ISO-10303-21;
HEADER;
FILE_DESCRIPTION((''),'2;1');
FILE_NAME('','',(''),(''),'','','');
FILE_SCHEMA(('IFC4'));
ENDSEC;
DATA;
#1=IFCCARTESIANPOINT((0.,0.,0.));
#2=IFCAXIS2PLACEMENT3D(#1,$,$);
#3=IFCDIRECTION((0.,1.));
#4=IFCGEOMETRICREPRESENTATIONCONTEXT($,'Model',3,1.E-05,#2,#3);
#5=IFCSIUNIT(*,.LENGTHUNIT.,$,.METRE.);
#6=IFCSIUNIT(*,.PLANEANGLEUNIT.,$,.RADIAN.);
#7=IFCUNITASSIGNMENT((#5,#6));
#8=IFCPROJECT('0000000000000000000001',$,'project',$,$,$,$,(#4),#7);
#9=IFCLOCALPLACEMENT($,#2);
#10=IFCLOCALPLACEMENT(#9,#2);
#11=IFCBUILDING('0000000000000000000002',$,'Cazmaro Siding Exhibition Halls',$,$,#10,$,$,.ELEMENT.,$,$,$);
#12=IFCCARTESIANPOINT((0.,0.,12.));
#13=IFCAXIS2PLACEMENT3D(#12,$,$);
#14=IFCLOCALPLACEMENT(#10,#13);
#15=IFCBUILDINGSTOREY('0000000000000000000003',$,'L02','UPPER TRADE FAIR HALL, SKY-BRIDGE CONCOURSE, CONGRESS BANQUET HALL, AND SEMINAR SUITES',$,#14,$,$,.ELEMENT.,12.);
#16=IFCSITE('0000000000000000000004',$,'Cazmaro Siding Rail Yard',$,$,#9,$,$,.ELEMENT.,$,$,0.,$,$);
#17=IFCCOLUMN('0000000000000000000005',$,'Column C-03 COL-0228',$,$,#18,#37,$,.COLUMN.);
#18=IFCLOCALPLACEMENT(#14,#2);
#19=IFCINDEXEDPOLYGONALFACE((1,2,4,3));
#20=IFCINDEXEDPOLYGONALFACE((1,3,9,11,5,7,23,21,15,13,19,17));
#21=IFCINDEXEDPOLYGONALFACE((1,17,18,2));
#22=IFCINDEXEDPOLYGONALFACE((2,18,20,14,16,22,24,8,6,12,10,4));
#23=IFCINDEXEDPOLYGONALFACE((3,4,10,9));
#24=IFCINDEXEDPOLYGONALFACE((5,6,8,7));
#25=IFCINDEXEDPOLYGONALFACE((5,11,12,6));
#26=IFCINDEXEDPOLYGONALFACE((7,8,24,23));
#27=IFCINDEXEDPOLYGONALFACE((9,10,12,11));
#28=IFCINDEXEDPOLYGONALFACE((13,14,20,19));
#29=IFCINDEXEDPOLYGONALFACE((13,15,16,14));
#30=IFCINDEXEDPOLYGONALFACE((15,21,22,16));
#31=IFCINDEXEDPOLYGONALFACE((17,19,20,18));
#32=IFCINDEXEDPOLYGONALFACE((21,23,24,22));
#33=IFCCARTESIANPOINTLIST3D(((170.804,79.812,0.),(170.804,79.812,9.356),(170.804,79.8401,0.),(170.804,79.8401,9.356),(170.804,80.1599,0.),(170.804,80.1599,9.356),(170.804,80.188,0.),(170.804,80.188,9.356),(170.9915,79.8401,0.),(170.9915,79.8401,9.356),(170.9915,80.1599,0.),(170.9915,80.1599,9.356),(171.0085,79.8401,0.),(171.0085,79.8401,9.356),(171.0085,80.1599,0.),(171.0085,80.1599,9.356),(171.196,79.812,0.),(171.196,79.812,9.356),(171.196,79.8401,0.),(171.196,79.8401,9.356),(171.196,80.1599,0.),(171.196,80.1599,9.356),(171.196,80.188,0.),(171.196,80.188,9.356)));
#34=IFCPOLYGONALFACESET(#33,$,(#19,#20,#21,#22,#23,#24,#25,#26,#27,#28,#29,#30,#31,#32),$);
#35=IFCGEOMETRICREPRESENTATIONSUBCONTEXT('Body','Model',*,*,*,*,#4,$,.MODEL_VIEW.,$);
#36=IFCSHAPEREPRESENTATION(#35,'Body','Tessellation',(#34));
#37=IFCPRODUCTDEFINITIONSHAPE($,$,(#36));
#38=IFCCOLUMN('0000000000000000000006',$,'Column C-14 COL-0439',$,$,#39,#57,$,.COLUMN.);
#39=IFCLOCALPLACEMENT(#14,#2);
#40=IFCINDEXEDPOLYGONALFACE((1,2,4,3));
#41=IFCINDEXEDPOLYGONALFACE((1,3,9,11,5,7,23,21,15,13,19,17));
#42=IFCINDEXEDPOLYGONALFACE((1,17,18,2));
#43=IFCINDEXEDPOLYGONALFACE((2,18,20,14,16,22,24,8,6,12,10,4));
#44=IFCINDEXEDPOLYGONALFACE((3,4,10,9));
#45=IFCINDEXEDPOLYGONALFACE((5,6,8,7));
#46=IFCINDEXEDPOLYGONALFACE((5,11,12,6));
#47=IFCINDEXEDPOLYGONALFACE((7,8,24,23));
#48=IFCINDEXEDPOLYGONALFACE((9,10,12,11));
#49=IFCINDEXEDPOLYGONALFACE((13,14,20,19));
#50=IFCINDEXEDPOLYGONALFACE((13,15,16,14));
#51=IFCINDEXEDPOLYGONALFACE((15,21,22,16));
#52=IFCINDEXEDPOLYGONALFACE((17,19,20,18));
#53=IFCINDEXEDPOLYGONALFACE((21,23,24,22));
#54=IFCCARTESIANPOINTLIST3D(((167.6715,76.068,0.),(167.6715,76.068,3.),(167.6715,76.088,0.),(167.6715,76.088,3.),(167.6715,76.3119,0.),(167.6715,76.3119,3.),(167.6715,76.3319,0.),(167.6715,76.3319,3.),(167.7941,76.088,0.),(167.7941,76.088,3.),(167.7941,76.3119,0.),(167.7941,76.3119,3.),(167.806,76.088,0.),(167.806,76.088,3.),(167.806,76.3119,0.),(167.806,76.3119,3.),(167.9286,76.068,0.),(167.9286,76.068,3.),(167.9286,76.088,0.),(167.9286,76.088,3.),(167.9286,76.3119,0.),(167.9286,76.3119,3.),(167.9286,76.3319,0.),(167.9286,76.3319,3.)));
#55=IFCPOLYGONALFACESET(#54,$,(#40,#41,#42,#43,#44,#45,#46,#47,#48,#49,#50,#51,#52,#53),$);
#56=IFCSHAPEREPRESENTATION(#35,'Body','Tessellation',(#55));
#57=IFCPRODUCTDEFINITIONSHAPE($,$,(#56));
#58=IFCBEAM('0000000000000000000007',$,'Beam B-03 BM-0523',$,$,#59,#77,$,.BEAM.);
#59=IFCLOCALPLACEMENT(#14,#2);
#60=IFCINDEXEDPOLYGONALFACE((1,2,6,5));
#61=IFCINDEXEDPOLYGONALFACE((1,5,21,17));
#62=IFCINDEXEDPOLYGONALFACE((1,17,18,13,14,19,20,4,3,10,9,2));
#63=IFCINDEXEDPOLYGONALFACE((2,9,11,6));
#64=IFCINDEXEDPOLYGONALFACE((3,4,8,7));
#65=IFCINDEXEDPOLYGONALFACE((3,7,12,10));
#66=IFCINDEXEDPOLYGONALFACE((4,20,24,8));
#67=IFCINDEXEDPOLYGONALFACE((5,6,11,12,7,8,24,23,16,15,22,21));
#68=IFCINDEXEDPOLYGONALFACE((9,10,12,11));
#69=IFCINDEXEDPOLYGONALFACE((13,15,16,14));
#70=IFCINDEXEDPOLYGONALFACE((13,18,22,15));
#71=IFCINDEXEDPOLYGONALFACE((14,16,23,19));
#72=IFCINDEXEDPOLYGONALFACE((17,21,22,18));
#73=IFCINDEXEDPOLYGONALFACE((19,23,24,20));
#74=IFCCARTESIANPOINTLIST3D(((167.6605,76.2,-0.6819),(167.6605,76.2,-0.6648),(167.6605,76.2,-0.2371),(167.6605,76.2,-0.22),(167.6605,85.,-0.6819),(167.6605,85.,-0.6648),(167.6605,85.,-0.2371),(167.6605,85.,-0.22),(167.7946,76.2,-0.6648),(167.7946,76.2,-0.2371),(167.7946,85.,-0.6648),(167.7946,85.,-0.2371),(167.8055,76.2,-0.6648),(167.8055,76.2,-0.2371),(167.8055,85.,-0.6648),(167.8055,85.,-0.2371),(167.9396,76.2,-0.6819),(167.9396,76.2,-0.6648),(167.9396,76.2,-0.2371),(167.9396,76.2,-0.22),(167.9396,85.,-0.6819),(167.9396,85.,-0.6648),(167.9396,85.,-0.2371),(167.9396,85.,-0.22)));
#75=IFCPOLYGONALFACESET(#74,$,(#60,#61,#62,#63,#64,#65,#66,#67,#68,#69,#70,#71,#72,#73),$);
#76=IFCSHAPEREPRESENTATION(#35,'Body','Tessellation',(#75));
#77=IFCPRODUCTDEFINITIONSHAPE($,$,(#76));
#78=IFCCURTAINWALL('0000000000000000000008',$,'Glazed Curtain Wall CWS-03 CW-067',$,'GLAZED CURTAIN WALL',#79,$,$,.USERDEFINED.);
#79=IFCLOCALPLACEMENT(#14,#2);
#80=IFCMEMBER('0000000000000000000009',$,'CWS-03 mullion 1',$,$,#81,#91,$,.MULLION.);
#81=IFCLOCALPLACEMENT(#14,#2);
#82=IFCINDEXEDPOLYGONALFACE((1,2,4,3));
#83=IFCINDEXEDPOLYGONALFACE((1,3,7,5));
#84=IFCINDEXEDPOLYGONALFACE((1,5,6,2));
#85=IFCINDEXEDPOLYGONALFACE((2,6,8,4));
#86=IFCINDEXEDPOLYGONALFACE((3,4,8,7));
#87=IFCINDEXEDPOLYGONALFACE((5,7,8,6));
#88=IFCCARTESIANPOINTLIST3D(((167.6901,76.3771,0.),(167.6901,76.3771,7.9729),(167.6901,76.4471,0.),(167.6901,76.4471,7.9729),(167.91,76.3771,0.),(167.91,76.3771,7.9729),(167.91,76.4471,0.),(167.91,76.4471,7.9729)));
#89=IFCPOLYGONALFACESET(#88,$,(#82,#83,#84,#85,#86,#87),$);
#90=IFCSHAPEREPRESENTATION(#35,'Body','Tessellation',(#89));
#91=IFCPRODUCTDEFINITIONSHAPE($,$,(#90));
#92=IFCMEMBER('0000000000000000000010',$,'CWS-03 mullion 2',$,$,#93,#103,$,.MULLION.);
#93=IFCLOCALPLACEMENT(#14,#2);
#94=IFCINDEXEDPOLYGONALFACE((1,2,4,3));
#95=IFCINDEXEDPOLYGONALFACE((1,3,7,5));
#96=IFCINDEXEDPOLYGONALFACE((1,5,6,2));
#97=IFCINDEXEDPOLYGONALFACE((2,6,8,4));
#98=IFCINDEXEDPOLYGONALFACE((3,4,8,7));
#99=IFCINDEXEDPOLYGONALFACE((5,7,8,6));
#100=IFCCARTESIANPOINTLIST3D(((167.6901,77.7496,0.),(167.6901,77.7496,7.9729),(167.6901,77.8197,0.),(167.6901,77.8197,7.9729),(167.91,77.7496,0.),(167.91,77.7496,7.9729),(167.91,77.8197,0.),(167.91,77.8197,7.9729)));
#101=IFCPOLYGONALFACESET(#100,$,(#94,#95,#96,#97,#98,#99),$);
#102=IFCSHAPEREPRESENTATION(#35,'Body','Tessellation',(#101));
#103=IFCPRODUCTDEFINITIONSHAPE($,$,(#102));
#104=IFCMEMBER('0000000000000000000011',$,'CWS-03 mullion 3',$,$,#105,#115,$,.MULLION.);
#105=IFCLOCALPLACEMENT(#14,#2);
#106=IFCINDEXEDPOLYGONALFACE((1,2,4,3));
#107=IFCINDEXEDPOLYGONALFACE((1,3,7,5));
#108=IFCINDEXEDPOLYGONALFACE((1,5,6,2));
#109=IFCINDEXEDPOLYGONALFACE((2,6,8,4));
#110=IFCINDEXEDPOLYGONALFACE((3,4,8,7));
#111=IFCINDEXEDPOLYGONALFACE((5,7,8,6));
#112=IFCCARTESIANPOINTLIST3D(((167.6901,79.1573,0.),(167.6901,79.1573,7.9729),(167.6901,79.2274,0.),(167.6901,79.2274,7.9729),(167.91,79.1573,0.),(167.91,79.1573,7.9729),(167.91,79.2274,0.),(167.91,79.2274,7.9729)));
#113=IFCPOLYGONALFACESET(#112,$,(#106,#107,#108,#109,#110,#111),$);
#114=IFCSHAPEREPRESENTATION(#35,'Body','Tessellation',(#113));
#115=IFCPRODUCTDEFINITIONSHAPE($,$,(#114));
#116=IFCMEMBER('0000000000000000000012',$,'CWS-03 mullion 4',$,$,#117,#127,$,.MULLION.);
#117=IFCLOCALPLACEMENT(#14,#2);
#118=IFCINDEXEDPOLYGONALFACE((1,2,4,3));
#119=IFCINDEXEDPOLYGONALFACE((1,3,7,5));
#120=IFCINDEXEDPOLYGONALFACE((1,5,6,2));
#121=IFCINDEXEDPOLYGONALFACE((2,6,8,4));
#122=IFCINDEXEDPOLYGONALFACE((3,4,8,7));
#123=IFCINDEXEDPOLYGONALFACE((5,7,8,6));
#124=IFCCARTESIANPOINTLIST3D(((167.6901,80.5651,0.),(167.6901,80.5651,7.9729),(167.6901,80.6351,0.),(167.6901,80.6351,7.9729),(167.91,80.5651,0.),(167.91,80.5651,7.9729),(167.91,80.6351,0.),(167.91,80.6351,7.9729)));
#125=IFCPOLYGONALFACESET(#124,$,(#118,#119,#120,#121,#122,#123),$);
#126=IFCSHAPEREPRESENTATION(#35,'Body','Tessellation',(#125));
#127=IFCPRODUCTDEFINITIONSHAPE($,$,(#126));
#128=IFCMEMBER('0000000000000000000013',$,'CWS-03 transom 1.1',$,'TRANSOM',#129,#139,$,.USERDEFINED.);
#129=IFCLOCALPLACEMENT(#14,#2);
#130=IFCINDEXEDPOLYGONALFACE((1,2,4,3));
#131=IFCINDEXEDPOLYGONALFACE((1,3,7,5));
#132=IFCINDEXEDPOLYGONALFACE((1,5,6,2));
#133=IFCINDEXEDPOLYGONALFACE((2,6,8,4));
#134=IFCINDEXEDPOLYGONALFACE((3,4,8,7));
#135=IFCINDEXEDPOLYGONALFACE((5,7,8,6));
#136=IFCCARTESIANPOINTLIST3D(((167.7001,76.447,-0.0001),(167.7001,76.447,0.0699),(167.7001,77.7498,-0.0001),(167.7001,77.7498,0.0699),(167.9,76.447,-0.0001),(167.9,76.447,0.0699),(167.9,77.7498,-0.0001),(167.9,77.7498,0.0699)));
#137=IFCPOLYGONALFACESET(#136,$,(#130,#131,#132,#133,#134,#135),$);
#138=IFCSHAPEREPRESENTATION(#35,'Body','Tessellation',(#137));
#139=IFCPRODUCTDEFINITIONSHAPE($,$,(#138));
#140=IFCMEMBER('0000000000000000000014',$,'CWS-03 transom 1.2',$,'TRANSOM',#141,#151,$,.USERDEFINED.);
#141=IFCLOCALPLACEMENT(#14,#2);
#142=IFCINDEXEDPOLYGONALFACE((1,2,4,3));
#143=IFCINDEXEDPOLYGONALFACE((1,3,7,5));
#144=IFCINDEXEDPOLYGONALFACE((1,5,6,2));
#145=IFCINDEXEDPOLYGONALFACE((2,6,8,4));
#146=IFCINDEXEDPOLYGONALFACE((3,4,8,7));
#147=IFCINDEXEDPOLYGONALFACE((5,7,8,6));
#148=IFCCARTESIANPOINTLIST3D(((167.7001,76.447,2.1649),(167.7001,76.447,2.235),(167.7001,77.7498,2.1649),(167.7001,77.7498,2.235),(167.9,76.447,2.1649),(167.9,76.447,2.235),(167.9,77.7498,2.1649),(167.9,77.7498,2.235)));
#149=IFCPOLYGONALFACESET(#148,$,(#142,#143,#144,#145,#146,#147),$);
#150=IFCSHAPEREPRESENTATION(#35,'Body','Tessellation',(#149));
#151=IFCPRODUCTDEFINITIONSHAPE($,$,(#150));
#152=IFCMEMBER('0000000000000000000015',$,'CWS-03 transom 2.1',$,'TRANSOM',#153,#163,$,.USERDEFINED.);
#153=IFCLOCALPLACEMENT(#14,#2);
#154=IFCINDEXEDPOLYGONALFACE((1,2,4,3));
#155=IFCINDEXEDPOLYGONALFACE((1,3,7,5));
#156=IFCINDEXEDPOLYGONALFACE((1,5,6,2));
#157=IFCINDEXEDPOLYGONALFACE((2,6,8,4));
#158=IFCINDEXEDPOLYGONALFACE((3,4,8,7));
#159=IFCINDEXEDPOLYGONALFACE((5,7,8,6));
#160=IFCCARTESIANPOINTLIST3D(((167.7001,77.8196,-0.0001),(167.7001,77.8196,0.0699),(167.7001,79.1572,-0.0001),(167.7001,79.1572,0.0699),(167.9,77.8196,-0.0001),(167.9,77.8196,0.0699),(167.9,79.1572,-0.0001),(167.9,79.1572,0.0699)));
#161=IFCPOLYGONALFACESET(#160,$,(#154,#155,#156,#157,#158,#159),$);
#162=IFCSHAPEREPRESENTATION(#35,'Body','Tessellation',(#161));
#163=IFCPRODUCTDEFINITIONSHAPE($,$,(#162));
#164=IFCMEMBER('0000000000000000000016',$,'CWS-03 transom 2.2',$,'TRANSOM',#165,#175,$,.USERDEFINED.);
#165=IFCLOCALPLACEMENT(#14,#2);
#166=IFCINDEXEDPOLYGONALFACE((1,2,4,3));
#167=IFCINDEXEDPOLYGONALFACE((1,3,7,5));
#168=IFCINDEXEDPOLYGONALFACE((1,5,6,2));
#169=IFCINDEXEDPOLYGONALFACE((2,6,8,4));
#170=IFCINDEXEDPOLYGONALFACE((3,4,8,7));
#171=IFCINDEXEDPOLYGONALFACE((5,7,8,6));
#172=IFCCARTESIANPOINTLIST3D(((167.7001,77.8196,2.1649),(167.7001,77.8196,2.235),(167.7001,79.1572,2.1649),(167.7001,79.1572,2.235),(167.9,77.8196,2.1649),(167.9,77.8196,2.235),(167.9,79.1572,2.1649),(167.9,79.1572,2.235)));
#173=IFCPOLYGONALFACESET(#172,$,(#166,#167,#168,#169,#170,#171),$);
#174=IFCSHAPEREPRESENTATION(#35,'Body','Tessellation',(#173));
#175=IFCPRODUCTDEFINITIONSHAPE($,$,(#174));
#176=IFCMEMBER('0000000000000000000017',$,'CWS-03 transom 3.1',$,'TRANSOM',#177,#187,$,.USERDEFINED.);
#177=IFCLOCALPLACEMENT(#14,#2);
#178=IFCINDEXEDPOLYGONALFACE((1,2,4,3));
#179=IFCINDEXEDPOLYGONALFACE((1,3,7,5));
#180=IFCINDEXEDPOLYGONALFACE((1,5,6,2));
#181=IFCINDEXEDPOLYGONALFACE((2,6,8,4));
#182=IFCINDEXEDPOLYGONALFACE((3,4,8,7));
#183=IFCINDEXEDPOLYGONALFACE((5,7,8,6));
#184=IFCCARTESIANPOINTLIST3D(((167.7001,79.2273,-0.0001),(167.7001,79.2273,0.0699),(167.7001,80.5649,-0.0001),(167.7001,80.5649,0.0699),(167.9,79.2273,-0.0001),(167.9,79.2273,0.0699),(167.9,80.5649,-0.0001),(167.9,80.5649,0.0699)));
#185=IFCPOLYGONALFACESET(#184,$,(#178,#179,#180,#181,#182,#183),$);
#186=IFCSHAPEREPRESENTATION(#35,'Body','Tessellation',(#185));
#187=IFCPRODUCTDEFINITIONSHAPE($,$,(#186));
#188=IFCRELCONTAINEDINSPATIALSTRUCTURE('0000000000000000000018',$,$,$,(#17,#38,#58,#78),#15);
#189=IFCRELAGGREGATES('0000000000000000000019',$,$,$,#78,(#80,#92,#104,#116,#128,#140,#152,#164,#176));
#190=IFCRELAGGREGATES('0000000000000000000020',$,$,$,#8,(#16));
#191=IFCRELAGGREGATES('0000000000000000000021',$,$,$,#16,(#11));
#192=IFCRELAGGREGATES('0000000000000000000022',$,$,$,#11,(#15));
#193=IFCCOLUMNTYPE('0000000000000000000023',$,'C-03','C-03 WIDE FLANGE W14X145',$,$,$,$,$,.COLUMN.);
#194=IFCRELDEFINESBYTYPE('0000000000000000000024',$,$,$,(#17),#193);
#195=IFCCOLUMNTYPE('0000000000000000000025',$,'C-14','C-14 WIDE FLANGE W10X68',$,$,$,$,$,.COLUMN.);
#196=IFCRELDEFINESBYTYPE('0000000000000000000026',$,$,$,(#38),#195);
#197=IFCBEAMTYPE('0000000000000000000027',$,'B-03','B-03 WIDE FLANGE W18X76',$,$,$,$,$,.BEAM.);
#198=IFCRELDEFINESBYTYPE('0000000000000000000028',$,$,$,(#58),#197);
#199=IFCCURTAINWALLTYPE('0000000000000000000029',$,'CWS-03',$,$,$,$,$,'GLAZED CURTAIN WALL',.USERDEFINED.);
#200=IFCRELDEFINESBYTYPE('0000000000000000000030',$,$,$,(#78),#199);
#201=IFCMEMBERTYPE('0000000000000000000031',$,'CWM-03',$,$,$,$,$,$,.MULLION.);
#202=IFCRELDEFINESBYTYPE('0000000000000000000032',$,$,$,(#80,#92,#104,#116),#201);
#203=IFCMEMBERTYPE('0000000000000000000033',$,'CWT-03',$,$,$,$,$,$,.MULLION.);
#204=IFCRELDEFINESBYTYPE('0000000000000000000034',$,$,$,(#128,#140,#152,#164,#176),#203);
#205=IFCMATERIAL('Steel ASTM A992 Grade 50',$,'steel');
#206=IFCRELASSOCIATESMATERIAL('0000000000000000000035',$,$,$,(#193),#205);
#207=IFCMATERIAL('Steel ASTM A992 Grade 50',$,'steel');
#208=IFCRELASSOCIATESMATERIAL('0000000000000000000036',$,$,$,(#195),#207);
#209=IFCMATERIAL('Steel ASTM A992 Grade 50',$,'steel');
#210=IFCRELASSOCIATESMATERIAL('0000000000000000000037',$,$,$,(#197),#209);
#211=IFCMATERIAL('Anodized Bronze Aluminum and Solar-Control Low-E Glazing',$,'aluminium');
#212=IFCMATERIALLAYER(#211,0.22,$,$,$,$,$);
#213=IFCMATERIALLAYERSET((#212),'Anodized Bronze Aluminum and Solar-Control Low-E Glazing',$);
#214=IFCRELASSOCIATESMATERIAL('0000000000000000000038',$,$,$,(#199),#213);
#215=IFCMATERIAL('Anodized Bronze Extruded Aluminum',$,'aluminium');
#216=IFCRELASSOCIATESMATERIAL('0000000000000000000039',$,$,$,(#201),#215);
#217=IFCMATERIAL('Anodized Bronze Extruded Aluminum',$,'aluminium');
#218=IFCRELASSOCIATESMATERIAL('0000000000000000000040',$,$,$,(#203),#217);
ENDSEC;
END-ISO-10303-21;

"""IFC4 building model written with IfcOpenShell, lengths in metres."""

from ifc_helpers import new_model, si_unit, direction, frame, origin, origin_2d, place, context, subcontext, project, spatial, rectangle, i_section, extrude, material, layer, layer_set, material_profile, profile_set, type_object, element, aggregate, save


model = new_model("IFC4")

# Units and contexts
model_context = context("Model", 3, precision=1e-05, world=origin(), true_north=direction((0.0, 1.0)))
body_context = subcontext(model_context, "Body", "Model", "MODEL_VIEW")
ifc_project = project(units=[si_unit("LENGTHUNIT", "METRE"), si_unit("PLANEANGLEUNIT", "RADIAN")], contexts=[model_context])

# Site, building, storey
site_placement = place(None, origin())
site = spatial("IfcSite", under=ifc_project, at=site_placement, Name="Cazmaro Siding Rail Yard", CompositionType="ELEMENT", RefElevation=0.0)
building_placement = place(site_placement, origin())
building = spatial("IfcBuilding", under=site, at=building_placement, Name="Cazmaro Siding Exhibition Halls", CompositionType="ELEMENT")
storey_placement = place(building_placement, frame((0.0, 0.0, 12.0)))
storey = spatial("IfcBuildingStorey", under=building, at=storey_placement, Name="L02", Description="UPPER TRADE FAIR HALL, SKY-BRIDGE CONCOURSE, CONGRESS BANQUET HALL, AND SEMINAR SUITES", CompositionType="ELEMENT", Elevation=12.0)

# Columns
ifc_material_1 = material(Name="Steel ASTM A992 Grade 50", Category="steel")
ifc_material_profile_1 = material_profile(ifc_material_1, i_section(OverallWidth=0.3921, OverallDepth=0.376, WebThickness=0.0171, FlangeThickness=0.0281, at=origin_2d()), Name="W14X145")
ifc_profile_set_1 = profile_set([ifc_material_profile_1], Name="Steel ASTM A992 Grade 50")
column_type_1 = type_object("IfcColumnType", Name="C-03", Description="C-03 WIDE FLANGE W14X145", PredefinedType="COLUMN", material=ifc_profile_set_1)
column_1_placement = place(storey_placement, frame((171.0, 80.0, 0.0), z_axis=(0.0, 0.0, 1.0), x_axis=(1.0, 0.0, 0.0)))
element("IfcColumn", 1, at=column_1_placement, inside=storey, type_object=column_type_1, Name="Column C-03 COL-0228", PredefinedType="COLUMN", context=body_context, shape_type="SweptSolid", body=[
    extrude(i_section(OverallWidth=0.3921, OverallDepth=0.376, WebThickness=0.0171, FlangeThickness=0.0281, at=origin_2d()), origin(), (0.0, 0.0, 1.0), 9.356),
])
ifc_material_2 = material(Name="Steel ASTM A992 Grade 50", Category="steel")
ifc_material_profile_2 = material_profile(ifc_material_2, i_section(OverallWidth=0.2571, OverallDepth=0.2639, WebThickness=0.012, FlangeThickness=0.02, at=origin_2d()), Name="W10X68")
ifc_profile_set_2 = profile_set([ifc_material_profile_2], Name="Steel ASTM A992 Grade 50")
column_type_2 = type_object("IfcColumnType", Name="C-14", Description="C-14 WIDE FLANGE W10X68", PredefinedType="COLUMN", material=ifc_profile_set_2)
column_2_placement = place(storey_placement, frame((167.8, 76.2, 0.0), z_axis=(0.0, 0.0, 1.0), x_axis=(1.0, 0.0, 0.0)))
element("IfcColumn", 2, at=column_2_placement, inside=storey, type_object=column_type_2, Name="Column C-14 COL-0439", PredefinedType="COLUMN", context=body_context, shape_type="SweptSolid", body=[
    extrude(i_section(OverallWidth=0.2571, OverallDepth=0.2639, WebThickness=0.012, FlangeThickness=0.02, at=origin_2d()), origin(), (0.0, 0.0, 1.0), 3.0),
])

# Beam
ifc_material_3 = material(Name="Steel ASTM A992 Grade 50", Category="steel")
ifc_material_profile_3 = material_profile(ifc_material_3, i_section(OverallWidth=0.2791, OverallDepth=0.4619, WebThickness=0.011, FlangeThickness=0.0171, at=origin_2d()), Name="W18X76")
ifc_profile_set_3 = profile_set([ifc_material_profile_3], Name="Steel ASTM A992 Grade 50")
beam_type_1 = type_object("IfcBeamType", Name="B-03", Description="B-03 WIDE FLANGE W18X76", PredefinedType="BEAM", material=ifc_profile_set_3)
beam_1_placement = place(storey_placement, frame((167.8, 76.2, -0.4509), z_axis=(0.0, 1.0, 0.0), x_axis=(-1.0, 0.0, 0.0)))
element("IfcBeam", 3, at=beam_1_placement, inside=storey, type_object=beam_type_1, Name="Beam B-03 BM-0523", PredefinedType="BEAM", context=body_context, shape_type="SweptSolid", body=[
    extrude(i_section(OverallWidth=0.2791, OverallDepth=0.4619, WebThickness=0.011, FlangeThickness=0.0171, at=origin_2d()), origin(), (0.0, 0.0, 1.0), 8.8),
])

# Curtain wall, members
ifc_material_4 = material(Name="Anodized Bronze Aluminum and Solar-Control Low-E Glazing", Category="aluminium")
ifc_layer_1 = layer(ifc_material_4, 0.22)
ifc_layer_set_1 = layer_set([ifc_layer_1], Name="Anodized Bronze Aluminum and Solar-Control Low-E Glazing")
curtain_wall_type = type_object("IfcCurtainWallType", Name="CWS-03", ElementType="GLAZED CURTAIN WALL", PredefinedType="USERDEFINED", material=ifc_layer_set_1)
curtain_wall_placement = place(storey_placement, origin())
curtain_wall = element("IfcCurtainWall", 4, at=curtain_wall_placement, inside=storey, type_object=curtain_wall_type, Name="Glazed Curtain Wall CWS-03 CW-067", ObjectType="GLAZED CURTAIN WALL", PredefinedType="USERDEFINED")
ifc_material_5 = material(Name="Anodized Bronze Extruded Aluminum", Category="aluminium")
ifc_material_profile_4 = material_profile(ifc_material_5, rectangle(XDim=0.22, YDim=0.0701, at=origin_2d()), Name="CWM-03")
ifc_profile_set_4 = profile_set([ifc_material_profile_4], Name="Anodized Bronze Extruded Aluminum")
member_type_1 = type_object("IfcMemberType", Name="CWM-03", PredefinedType="MULLION", material=ifc_profile_set_4)
member_1_placement = place(storey_placement, frame((167.8, 76.4121, 0.0), z_axis=(0.0, 0.0, 1.0), x_axis=(-1.0, 0.0, 0.0)))
member_1 = element("IfcMember", 5, at=member_1_placement, type_object=member_type_1, Name="CWS-03 mullion 1", PredefinedType="MULLION", context=body_context, shape_type="SweptSolid", body=[
    extrude(rectangle(XDim=0.22, YDim=0.0701, at=origin_2d()), origin(), (0.0, 0.0, 1.0), 7.9729),
])
member_2_placement = place(storey_placement, frame((167.8, 77.7847, 0.0), z_axis=(0.0, 0.0, 1.0), x_axis=(-1.0, 0.0, 0.0)))
member_2 = element("IfcMember", 6, at=member_2_placement, type_object=member_type_1, Name="CWS-03 mullion 2", PredefinedType="MULLION", context=body_context, shape_type="SweptSolid", body=[
    extrude(rectangle(XDim=0.22, YDim=0.0701, at=origin_2d()), origin(), (0.0, 0.0, 1.0), 7.9729),
])
member_3_placement = place(storey_placement, frame((167.8, 79.1924, 0.0), z_axis=(0.0, 0.0, 1.0), x_axis=(-1.0, 0.0, 0.0)))
member_3 = element("IfcMember", 7, at=member_3_placement, type_object=member_type_1, Name="CWS-03 mullion 3", PredefinedType="MULLION", context=body_context, shape_type="SweptSolid", body=[
    extrude(rectangle(XDim=0.22, YDim=0.0701, at=origin_2d()), origin(), (0.0, 0.0, 1.0), 7.9729),
])
member_4_placement = place(storey_placement, frame((167.8, 80.6001, 0.0), z_axis=(0.0, 0.0, 1.0), x_axis=(-1.0, 0.0, 0.0)))
member_4 = element("IfcMember", 8, at=member_4_placement, type_object=member_type_1, Name="CWS-03 mullion 4", PredefinedType="MULLION", context=body_context, shape_type="SweptSolid", body=[
    extrude(rectangle(XDim=0.22, YDim=0.0701, at=origin_2d()), origin(), (0.0, 0.0, 1.0), 7.9729),
])
ifc_material_6 = material(Name="Anodized Bronze Extruded Aluminum", Category="aluminium")
ifc_material_profile_5 = material_profile(ifc_material_6, rectangle(XDim=0.2, YDim=0.0701, at=origin_2d()), Name="CWT-03")
ifc_profile_set_5 = profile_set([ifc_material_profile_5], Name="Anodized Bronze Extruded Aluminum")
member_type_2 = type_object("IfcMemberType", Name="CWT-03", PredefinedType="MULLION", material=ifc_profile_set_5)
member_5_placement = place(storey_placement, frame((167.8, 76.447, 0.0349), z_axis=(0.0, 1.0, 0.0), x_axis=(-1.0, 0.0, 0.0)))
member_5 = element("IfcMember", 9, at=member_5_placement, type_object=member_type_2, Name="CWS-03 transom 1.1", ObjectType="TRANSOM", PredefinedType="USERDEFINED", context=body_context, shape_type="SweptSolid", body=[
    extrude(rectangle(XDim=0.2, YDim=0.0701, at=origin_2d()), origin(), (0.0, 0.0, 1.0), 1.3027),
])
member_6_placement = place(storey_placement, frame((167.8, 76.447, 2.2), z_axis=(0.0, 1.0, 0.0), x_axis=(-1.0, 0.0, 0.0)))
member_6 = element("IfcMember", 10, at=member_6_placement, type_object=member_type_2, Name="CWS-03 transom 1.2", ObjectType="TRANSOM", PredefinedType="USERDEFINED", context=body_context, shape_type="SweptSolid", body=[
    extrude(rectangle(XDim=0.2, YDim=0.0701, at=origin_2d()), origin(), (0.0, 0.0, 1.0), 1.3027),
])
member_7_placement = place(storey_placement, frame((167.8, 77.8196, 0.0349), z_axis=(0.0, 1.0, 0.0), x_axis=(-1.0, 0.0, 0.0)))
member_7 = element("IfcMember", 11, at=member_7_placement, type_object=member_type_2, Name="CWS-03 transom 2.1", ObjectType="TRANSOM", PredefinedType="USERDEFINED", context=body_context, shape_type="SweptSolid", body=[
    extrude(rectangle(XDim=0.2, YDim=0.0701, at=origin_2d()), origin(), (0.0, 0.0, 1.0), 1.3376),
])
member_8_placement = place(storey_placement, frame((167.8, 77.8196, 2.2), z_axis=(0.0, 1.0, 0.0), x_axis=(-1.0, 0.0, 0.0)))
member_8 = element("IfcMember", 12, at=member_8_placement, type_object=member_type_2, Name="CWS-03 transom 2.2", ObjectType="TRANSOM", PredefinedType="USERDEFINED", context=body_context, shape_type="SweptSolid", body=[
    extrude(rectangle(XDim=0.2, YDim=0.0701, at=origin_2d()), origin(), (0.0, 0.0, 1.0), 1.3376),
])
member_9_placement = place(storey_placement, frame((167.8, 79.2273, 0.0349), z_axis=(0.0, 1.0, 0.0), x_axis=(-1.0, 0.0, 0.0)))
member_9 = element("IfcMember", 13, at=member_9_placement, type_object=member_type_2, Name="CWS-03 transom 3.1", ObjectType="TRANSOM", PredefinedType="USERDEFINED", context=body_context, shape_type="SweptSolid", body=[
    extrude(rectangle(XDim=0.2, YDim=0.0701, at=origin_2d()), origin(), (0.0, 0.0, 1.0), 1.3376),
])

aggregate(curtain_wall, [member_1, member_2, member_3, member_4, member_5, member_6, member_7, member_8, member_9])

save(model, "model.ifc")
